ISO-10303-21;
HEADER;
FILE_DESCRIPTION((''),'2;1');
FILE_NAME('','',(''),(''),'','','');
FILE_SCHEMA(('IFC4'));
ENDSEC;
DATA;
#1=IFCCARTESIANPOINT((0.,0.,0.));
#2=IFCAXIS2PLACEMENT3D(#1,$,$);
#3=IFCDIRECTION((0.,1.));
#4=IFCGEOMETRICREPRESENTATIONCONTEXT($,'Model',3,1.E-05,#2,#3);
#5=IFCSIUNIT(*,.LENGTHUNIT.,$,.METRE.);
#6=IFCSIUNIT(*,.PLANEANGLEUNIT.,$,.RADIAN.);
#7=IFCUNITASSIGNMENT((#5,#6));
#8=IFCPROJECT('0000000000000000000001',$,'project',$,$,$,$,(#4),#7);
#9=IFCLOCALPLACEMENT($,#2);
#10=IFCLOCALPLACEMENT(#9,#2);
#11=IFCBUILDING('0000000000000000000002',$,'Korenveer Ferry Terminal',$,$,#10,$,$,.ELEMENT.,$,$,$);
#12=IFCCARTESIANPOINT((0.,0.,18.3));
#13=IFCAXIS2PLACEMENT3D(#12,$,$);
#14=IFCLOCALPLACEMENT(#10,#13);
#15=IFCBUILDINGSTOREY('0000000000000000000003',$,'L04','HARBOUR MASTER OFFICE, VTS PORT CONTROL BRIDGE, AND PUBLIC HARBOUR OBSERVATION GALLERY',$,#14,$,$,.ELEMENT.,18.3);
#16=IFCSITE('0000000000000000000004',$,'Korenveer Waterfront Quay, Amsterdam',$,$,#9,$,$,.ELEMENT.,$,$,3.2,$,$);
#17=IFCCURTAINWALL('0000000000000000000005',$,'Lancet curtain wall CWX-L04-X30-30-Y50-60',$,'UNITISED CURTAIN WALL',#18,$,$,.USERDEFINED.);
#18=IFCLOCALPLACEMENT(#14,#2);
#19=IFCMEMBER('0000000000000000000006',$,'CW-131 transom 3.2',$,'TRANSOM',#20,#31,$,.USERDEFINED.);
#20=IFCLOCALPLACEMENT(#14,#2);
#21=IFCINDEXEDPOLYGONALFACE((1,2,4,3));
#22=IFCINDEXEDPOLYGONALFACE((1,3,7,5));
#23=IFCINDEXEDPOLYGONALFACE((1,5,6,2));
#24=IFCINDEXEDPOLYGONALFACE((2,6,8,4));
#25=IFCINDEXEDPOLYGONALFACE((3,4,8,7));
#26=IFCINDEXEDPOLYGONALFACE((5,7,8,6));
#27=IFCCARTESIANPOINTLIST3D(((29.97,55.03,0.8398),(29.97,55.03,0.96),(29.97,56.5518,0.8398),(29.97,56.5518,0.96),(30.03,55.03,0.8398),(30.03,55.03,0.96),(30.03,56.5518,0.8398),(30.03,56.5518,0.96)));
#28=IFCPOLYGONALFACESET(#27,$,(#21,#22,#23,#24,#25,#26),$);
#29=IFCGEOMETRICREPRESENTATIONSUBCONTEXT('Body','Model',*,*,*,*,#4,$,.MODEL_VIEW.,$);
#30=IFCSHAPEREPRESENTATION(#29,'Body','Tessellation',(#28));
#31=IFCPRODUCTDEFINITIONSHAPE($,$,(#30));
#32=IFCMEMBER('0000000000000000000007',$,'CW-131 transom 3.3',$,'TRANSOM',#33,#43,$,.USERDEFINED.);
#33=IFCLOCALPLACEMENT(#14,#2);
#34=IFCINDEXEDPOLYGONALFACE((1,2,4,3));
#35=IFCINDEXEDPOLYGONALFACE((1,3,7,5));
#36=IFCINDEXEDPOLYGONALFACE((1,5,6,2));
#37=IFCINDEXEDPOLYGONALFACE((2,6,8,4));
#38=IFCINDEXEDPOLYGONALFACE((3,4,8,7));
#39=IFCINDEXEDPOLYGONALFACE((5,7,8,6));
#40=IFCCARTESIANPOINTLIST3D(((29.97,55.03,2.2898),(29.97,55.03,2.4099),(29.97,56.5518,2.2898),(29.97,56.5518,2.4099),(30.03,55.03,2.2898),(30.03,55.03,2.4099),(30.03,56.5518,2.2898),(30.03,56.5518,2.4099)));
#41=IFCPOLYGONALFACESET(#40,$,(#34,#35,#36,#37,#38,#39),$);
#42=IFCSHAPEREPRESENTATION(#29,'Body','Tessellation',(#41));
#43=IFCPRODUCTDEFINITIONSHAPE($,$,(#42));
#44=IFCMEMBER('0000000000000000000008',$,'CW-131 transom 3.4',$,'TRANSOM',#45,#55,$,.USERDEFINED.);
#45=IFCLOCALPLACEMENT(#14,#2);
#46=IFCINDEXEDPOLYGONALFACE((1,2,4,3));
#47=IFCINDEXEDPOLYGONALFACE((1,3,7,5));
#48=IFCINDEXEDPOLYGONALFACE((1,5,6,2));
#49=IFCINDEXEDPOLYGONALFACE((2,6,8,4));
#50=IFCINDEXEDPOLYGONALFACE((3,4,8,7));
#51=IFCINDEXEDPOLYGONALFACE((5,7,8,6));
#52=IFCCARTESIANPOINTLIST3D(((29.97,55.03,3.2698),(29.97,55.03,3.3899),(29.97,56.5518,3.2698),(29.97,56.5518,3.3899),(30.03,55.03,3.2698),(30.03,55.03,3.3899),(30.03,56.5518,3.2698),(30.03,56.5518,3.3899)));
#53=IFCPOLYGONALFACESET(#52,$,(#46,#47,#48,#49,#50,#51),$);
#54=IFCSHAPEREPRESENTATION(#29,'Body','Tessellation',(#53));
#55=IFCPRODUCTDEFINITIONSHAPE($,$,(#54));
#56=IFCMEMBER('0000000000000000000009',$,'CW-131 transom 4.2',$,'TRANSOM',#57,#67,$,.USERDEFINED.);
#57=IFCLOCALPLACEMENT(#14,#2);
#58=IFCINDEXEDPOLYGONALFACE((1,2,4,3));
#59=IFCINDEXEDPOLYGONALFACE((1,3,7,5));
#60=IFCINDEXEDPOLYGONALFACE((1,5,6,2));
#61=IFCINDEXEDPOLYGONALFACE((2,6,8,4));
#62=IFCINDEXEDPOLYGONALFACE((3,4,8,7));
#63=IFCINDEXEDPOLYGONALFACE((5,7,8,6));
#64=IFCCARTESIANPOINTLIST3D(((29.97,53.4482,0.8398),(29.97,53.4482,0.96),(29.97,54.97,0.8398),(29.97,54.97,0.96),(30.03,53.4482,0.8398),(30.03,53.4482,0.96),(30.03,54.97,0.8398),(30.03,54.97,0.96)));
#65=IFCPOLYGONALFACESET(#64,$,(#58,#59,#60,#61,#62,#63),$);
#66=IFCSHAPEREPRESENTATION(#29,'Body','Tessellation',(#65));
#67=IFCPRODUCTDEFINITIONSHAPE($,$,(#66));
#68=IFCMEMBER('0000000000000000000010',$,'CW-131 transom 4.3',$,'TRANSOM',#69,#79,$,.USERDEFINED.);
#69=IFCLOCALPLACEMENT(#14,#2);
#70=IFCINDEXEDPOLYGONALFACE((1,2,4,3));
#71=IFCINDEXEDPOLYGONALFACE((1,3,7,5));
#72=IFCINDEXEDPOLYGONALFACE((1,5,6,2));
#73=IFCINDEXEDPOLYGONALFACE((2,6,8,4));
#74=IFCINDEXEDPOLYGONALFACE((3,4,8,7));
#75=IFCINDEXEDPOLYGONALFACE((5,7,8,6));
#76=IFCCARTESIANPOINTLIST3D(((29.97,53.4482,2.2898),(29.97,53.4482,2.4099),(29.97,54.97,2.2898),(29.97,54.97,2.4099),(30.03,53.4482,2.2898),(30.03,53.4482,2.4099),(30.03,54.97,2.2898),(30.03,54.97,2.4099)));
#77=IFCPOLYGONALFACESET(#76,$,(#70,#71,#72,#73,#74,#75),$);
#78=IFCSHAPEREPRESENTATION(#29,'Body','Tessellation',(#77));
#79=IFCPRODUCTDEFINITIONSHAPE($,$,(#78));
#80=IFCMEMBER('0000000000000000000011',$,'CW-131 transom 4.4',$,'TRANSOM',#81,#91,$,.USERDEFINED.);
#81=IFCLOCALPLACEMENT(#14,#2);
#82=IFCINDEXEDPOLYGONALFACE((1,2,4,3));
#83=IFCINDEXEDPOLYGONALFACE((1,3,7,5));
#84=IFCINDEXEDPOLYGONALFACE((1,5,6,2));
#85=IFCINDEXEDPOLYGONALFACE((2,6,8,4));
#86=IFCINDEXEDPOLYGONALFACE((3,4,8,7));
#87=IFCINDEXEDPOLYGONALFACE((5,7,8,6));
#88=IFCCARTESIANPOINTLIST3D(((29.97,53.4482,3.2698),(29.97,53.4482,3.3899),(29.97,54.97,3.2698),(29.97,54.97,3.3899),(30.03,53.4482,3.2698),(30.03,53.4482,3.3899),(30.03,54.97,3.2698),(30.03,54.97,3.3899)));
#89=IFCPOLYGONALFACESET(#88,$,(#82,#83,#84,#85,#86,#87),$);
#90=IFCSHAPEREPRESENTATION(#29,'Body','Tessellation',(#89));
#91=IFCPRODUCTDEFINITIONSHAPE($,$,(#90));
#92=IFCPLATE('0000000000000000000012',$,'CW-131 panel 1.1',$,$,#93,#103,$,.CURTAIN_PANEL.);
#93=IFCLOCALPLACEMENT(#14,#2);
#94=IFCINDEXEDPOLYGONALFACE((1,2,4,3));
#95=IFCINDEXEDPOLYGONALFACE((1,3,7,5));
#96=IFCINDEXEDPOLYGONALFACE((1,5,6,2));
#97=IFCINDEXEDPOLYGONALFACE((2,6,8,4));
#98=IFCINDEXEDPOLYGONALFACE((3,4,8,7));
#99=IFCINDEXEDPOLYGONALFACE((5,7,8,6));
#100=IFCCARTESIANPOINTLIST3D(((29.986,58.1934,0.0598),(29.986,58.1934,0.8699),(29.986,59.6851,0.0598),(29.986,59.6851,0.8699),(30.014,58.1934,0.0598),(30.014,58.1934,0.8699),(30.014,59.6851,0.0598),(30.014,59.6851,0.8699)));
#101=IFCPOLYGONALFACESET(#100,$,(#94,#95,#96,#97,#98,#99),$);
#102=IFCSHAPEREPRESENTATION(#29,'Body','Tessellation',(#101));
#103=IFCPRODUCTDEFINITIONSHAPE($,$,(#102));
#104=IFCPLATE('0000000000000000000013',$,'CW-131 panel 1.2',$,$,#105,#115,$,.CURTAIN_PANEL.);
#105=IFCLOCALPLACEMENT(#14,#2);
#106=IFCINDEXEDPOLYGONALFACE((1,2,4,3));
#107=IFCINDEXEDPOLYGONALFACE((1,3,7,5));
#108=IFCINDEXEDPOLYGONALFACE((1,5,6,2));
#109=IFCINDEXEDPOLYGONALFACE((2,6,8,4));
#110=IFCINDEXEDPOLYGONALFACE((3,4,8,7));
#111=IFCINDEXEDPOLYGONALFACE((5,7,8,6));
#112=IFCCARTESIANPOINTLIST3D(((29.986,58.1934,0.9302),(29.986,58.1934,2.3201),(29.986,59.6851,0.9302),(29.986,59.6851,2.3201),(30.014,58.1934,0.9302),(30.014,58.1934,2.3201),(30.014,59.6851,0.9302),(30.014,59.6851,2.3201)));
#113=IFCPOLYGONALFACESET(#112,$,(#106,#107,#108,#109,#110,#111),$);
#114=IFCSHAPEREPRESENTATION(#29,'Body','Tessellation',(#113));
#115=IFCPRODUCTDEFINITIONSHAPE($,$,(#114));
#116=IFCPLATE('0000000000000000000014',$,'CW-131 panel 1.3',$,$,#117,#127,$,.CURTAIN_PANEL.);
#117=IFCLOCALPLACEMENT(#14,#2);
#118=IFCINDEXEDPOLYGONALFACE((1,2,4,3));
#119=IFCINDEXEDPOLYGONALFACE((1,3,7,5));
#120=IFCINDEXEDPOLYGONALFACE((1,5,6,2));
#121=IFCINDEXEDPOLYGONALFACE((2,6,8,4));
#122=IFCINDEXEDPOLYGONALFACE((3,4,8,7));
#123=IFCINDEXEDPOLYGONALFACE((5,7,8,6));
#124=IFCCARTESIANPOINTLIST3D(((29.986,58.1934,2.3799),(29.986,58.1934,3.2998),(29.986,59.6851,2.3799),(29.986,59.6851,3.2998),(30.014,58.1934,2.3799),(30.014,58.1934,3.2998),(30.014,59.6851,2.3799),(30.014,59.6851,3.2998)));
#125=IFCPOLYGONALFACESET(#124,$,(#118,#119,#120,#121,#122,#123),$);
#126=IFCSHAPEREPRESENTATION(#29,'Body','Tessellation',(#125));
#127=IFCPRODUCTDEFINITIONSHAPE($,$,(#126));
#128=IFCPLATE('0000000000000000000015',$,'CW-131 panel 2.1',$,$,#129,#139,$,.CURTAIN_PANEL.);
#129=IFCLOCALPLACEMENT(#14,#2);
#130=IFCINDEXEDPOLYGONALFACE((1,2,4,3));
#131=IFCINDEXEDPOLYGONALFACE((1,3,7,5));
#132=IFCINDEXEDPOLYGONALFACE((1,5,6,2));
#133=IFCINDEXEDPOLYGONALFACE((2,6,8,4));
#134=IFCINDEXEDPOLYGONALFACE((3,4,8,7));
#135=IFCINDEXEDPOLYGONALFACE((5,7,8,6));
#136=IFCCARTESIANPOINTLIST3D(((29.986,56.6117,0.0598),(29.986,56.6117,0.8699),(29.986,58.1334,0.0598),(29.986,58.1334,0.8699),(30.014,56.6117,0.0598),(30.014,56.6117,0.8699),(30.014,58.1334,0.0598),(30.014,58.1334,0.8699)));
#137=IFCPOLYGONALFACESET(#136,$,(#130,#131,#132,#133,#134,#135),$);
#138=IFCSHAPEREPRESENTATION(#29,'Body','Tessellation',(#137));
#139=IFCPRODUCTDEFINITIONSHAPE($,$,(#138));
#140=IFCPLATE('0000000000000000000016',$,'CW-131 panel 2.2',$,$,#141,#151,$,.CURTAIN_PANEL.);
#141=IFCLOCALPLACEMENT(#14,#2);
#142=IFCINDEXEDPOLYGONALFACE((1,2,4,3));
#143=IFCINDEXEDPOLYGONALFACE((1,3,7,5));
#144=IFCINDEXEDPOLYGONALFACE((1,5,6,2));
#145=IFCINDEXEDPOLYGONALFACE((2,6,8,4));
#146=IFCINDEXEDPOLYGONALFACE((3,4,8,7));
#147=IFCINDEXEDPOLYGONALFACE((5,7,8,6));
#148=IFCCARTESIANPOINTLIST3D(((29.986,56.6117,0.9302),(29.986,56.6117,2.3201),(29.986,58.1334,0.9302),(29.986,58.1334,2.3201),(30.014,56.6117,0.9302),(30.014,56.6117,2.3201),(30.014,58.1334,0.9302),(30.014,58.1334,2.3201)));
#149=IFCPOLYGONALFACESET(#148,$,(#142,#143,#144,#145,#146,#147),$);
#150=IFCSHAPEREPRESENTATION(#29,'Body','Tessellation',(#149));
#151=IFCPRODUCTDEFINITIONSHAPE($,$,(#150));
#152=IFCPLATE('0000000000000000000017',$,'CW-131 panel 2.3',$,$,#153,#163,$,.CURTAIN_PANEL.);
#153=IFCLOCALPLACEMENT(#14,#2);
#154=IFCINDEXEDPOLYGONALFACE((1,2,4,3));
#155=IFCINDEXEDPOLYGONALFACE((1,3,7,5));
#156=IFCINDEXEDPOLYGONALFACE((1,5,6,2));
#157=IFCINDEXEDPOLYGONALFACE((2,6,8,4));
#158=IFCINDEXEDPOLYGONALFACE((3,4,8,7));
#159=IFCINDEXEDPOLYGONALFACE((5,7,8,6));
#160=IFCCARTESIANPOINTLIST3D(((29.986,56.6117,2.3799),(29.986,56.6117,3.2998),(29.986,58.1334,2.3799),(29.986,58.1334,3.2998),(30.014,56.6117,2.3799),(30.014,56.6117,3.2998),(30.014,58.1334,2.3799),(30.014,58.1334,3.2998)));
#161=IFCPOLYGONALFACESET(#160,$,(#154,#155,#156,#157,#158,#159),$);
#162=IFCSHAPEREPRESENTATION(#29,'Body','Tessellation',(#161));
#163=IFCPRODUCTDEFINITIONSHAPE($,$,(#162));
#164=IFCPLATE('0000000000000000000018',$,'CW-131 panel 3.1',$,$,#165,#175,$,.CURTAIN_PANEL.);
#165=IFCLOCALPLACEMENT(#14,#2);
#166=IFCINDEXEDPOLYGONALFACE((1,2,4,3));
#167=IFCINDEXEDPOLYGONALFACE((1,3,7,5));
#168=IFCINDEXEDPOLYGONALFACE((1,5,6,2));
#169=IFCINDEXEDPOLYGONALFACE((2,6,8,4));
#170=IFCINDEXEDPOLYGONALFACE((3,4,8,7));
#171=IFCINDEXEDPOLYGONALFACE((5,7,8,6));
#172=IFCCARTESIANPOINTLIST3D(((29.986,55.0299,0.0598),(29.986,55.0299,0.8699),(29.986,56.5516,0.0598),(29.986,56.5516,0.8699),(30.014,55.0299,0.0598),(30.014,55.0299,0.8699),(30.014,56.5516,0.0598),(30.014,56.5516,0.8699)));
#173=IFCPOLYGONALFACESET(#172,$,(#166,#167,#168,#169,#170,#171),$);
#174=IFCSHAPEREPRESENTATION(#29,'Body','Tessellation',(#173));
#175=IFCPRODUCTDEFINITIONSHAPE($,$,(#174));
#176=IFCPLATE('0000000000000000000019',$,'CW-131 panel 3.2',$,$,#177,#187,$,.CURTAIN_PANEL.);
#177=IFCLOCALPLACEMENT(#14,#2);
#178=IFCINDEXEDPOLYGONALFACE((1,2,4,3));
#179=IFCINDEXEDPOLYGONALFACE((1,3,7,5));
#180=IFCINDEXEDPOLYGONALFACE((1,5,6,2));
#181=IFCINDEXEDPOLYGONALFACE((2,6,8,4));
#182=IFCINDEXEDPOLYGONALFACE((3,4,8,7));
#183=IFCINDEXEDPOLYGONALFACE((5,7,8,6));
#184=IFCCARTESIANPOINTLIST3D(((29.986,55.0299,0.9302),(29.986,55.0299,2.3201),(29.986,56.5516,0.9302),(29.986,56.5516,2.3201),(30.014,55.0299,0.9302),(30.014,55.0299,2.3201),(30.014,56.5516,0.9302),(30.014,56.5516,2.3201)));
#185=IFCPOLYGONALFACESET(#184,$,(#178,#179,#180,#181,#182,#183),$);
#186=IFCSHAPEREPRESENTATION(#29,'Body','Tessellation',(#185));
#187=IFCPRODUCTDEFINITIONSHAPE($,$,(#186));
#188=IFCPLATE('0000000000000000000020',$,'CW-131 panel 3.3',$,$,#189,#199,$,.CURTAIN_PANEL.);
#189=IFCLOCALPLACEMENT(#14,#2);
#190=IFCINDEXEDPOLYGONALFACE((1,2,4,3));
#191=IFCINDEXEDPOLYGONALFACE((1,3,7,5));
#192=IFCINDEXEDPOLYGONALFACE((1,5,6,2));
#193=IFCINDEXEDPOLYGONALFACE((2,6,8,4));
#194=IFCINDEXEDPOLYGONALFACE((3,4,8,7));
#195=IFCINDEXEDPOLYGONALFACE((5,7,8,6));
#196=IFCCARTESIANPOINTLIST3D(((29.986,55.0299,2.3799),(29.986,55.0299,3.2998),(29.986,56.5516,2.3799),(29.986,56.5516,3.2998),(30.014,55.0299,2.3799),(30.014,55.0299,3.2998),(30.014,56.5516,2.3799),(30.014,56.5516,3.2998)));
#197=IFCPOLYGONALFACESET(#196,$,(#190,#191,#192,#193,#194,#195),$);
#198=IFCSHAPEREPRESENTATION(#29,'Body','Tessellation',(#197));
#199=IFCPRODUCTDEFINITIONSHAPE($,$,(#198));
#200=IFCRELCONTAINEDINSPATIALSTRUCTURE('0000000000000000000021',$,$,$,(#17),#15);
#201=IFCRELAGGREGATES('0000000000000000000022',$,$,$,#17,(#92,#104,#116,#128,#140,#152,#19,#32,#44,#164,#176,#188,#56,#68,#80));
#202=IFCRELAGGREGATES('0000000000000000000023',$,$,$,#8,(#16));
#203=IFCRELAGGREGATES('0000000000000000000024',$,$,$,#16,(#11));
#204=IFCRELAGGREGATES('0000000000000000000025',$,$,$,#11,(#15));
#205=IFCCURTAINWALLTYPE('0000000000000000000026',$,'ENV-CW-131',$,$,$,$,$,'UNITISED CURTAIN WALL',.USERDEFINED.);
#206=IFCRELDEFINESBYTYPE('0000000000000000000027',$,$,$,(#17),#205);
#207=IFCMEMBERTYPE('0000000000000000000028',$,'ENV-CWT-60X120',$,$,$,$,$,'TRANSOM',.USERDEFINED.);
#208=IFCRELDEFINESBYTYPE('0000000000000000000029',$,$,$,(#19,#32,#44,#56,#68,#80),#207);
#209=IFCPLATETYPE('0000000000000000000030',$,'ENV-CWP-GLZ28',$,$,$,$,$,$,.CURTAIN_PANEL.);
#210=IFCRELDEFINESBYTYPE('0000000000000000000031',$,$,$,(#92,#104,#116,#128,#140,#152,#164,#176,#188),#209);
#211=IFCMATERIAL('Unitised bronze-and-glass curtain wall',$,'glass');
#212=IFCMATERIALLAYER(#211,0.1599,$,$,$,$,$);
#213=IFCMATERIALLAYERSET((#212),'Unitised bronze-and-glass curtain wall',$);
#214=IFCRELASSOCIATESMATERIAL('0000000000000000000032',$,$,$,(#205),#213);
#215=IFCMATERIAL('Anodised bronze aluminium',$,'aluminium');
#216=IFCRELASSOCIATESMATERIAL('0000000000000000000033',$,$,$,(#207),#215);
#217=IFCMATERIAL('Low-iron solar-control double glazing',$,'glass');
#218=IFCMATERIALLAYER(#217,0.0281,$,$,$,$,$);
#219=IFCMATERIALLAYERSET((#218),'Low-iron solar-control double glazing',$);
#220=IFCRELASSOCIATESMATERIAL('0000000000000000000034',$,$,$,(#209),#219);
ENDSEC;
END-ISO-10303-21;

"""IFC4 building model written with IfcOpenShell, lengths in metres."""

from ifc_helpers import new_model, si_unit, direction, frame, origin, origin_2d, place, context, subcontext, project, spatial, rectangle, extrude, material, layer, layer_set, material_profile, profile_set, type_object, element, aggregate, save


model = new_model("IFC4")

# Units and contexts
model_context = context("Model", 3, precision=1e-05, world=origin(), true_north=direction((0.0, 1.0)))
body_context = subcontext(model_context, "Body", "Model", "MODEL_VIEW")
ifc_project = project(units=[si_unit("LENGTHUNIT", "METRE"), si_unit("PLANEANGLEUNIT", "RADIAN")], contexts=[model_context])

# Site, building, storey
site_placement = place(None, origin())
site = spatial("IfcSite", under=ifc_project, at=site_placement, Name="Korenveer Waterfront Quay, Amsterdam", CompositionType="ELEMENT", RefElevation=3.2)
building_placement = place(site_placement, origin())
building = spatial("IfcBuilding", under=site, at=building_placement, Name="Korenveer Ferry Terminal", CompositionType="ELEMENT")
storey_placement = place(building_placement, frame((0.0, 0.0, 18.3)))
storey = spatial("IfcBuildingStorey", under=building, at=storey_placement, Name="L04", Description="HARBOUR MASTER OFFICE, VTS PORT CONTROL BRIDGE, AND PUBLIC HARBOUR OBSERVATION GALLERY", CompositionType="ELEMENT", Elevation=18.3)

# Curtain wall, members, plates
ifc_material_1 = material(Name="Unitised bronze-and-glass curtain wall", Category="glass")
ifc_layer_1 = layer(ifc_material_1, 0.1599)
ifc_layer_set_1 = layer_set([ifc_layer_1], Name="Unitised bronze-and-glass curtain wall")
curtain_wall_type = type_object("IfcCurtainWallType", Name="ENV-CW-131", ElementType="UNITISED CURTAIN WALL", PredefinedType="USERDEFINED", material=ifc_layer_set_1)
curtain_wall_placement = place(storey_placement, frame((30.0, 59.7451, 0.0)))
curtain_wall = element("IfcCurtainWall", 1, at=curtain_wall_placement, inside=storey, type_object=curtain_wall_type, Name="Lancet curtain wall CWX-L04-X30-30-Y50-60", ObjectType="UNITISED CURTAIN WALL", PredefinedType="USERDEFINED")
ifc_material_2 = material(Name="Anodised bronze aluminium", Category="aluminium")
ifc_material_profile_1 = material_profile(ifc_material_2, rectangle(XDim=0.0601, YDim=0.1201, at=origin_2d()), Name="ALU 60x120")
ifc_profile_set_1 = profile_set([ifc_material_profile_1], Name="Anodised bronze aluminium")
member_type_1 = type_object("IfcMemberType", Name="ENV-CWT-60X120", ElementType="TRANSOM", PredefinedType="USERDEFINED", material=ifc_profile_set_1)
member_1_placement = place(storey_placement, frame((30.0, 56.5518, 0.8999), z_axis=(0.0, -1.0, 0.0), x_axis=(1.0, 0.0, 0.0)))
member_1 = element("IfcMember", 2, at=member_1_placement, type_object=member_type_1, Name="CW-131 transom 3.2", ObjectType="TRANSOM", PredefinedType="USERDEFINED", context=body_context, shape_type="SweptSolid", body=[
    extrude(rectangle(XDim=0.0601, YDim=0.1201, at=origin_2d()), origin(), (0.0, 0.0, 1.0), 1.5217),
])
member_2_placement = place(storey_placement, frame((30.0, 56.5518, 2.3499), z_axis=(0.0, -1.0, 0.0), x_axis=(1.0, 0.0, 0.0)))
member_2 = element("IfcMember", 3, at=member_2_placement, type_object=member_type_1, Name="CW-131 transom 3.3", ObjectType="TRANSOM", PredefinedType="USERDEFINED", context=body_context, shape_type="SweptSolid", body=[
    extrude(rectangle(XDim=0.0601, YDim=0.1201, at=origin_2d()), origin(), (0.0, 0.0, 1.0), 1.5217),
])
member_3_placement = place(storey_placement, frame((30.0, 56.5518, 3.3298), z_axis=(0.0, -1.0, 0.0), x_axis=(1.0, 0.0, 0.0)))
member_3 = element("IfcMember", 4, at=member_3_placement, type_object=member_type_1, Name="CW-131 transom 3.4", ObjectType="TRANSOM", PredefinedType="USERDEFINED", context=body_context, shape_type="SweptSolid", body=[
    extrude(rectangle(XDim=0.0601, YDim=0.1201, at=origin_2d()), origin(), (0.0, 0.0, 1.0), 1.5217),
])
member_4_placement = place(storey_placement, frame((30.0, 54.97, 0.8999), z_axis=(0.0, -1.0, 0.0), x_axis=(1.0, 0.0, 0.0)))
member_4 = element("IfcMember", 5, at=member_4_placement, type_object=member_type_1, Name="CW-131 transom 4.2", ObjectType="TRANSOM", PredefinedType="USERDEFINED", context=body_context, shape_type="SweptSolid", body=[
    extrude(rectangle(XDim=0.0601, YDim=0.1201, at=origin_2d()), origin(), (0.0, 0.0, 1.0), 1.5217),
])
member_5_placement = place(storey_placement, frame((30.0, 54.97, 2.3499), z_axis=(0.0, -1.0, 0.0), x_axis=(1.0, 0.0, 0.0)))
member_5 = element("IfcMember", 6, at=member_5_placement, type_object=member_type_1, Name="CW-131 transom 4.3", ObjectType="TRANSOM", PredefinedType="USERDEFINED", context=body_context, shape_type="SweptSolid", body=[
    extrude(rectangle(XDim=0.0601, YDim=0.1201, at=origin_2d()), origin(), (0.0, 0.0, 1.0), 1.5217),
])
member_6_placement = place(storey_placement, frame((30.0, 54.97, 3.3298), z_axis=(0.0, -1.0, 0.0), x_axis=(1.0, 0.0, 0.0)))
member_6 = element("IfcMember", 7, at=member_6_placement, type_object=member_type_1, Name="CW-131 transom 4.4", ObjectType="TRANSOM", PredefinedType="USERDEFINED", context=body_context, shape_type="SweptSolid", body=[
    extrude(rectangle(XDim=0.0601, YDim=0.1201, at=origin_2d()), origin(), (0.0, 0.0, 1.0), 1.5217),
])
ifc_material_3 = material(Name="Low-iron solar-control double glazing", Category="glass")
ifc_layer_2 = layer(ifc_material_3, 0.0281)
ifc_layer_set_2 = layer_set([ifc_layer_2], Name="Low-iron solar-control double glazing")
plate_type = type_object("IfcPlateType", Name="ENV-CWP-GLZ28", PredefinedType="CURTAIN_PANEL", material=ifc_layer_set_2)
plate_1_placement = place(storey_placement, frame((30.0, 58.9392, 0.0598), z_axis=(0.0, 0.0, 1.0), x_axis=(0.0, -1.0, 0.0)))
plate_1 = element("IfcPlate", 8, at=plate_1_placement, type_object=plate_type, Name="CW-131 panel 1.1", PredefinedType="CURTAIN_PANEL", context=body_context, shape_type="SweptSolid", body=[
    extrude(rectangle(XDim=1.4917, YDim=0.0281, at=origin_2d()), origin(), (0.0, 0.0, 1.0), 0.8101),
])
plate_2_placement = place(storey_placement, frame((30.0, 58.9392, 0.9302), z_axis=(0.0, 0.0, 1.0), x_axis=(0.0, -1.0, 0.0)))
plate_2 = element("IfcPlate", 9, at=plate_2_placement, type_object=plate_type, Name="CW-131 panel 1.2", PredefinedType="CURTAIN_PANEL", context=body_context, shape_type="SweptSolid", body=[
    extrude(rectangle(XDim=1.4917, YDim=0.0281, at=origin_2d()), origin(), (0.0, 0.0, 1.0), 1.3899),
])
plate_3_placement = place(storey_placement, frame((30.0, 58.9392, 2.3799), z_axis=(0.0, 0.0, 1.0), x_axis=(0.0, -1.0, 0.0)))
plate_3 = element("IfcPlate", 10, at=plate_3_placement, type_object=plate_type, Name="CW-131 panel 1.3", PredefinedType="CURTAIN_PANEL", context=body_context, shape_type="SweptSolid", body=[
    extrude(rectangle(XDim=1.4917, YDim=0.0281, at=origin_2d()), origin(), (0.0, 0.0, 1.0), 0.9199),
])
plate_4_placement = place(storey_placement, frame((30.0, 57.3726, 0.0598), z_axis=(0.0, 0.0, 1.0), x_axis=(0.0, -1.0, 0.0)))
plate_4 = element("IfcPlate", 11, at=plate_4_placement, type_object=plate_type, Name="CW-131 panel 2.1", PredefinedType="CURTAIN_PANEL", context=body_context, shape_type="SweptSolid", body=[
    extrude(rectangle(XDim=1.5217, YDim=0.0281, at=origin_2d()), origin(), (0.0, 0.0, 1.0), 0.8101),
])
plate_5_placement = place(storey_placement, frame((30.0, 57.3726, 0.9302), z_axis=(0.0, 0.0, 1.0), x_axis=(0.0, -1.0, 0.0)))
plate_5 = element("IfcPlate", 12, at=plate_5_placement, type_object=plate_type, Name="CW-131 panel 2.2", PredefinedType="CURTAIN_PANEL", context=body_context, shape_type="SweptSolid", body=[
    extrude(rectangle(XDim=1.5217, YDim=0.0281, at=origin_2d()), origin(), (0.0, 0.0, 1.0), 1.3899),
])
plate_6_placement = place(storey_placement, frame((30.0, 57.3726, 2.3799), z_axis=(0.0, 0.0, 1.0), x_axis=(0.0, -1.0, 0.0)))
plate_6 = element("IfcPlate", 13, at=plate_6_placement, type_object=plate_type, Name="CW-131 panel 2.3", PredefinedType="CURTAIN_PANEL", context=body_context, shape_type="SweptSolid", body=[
    extrude(rectangle(XDim=1.5217, YDim=0.0281, at=origin_2d()), origin(), (0.0, 0.0, 1.0), 0.9199),
])
plate_7_placement = place(storey_placement, frame((30.0, 55.7908, 0.0598), z_axis=(0.0, 0.0, 1.0), x_axis=(0.0, -1.0, 0.0)))
plate_7 = element("IfcPlate", 14, at=plate_7_placement, type_object=plate_type, Name="CW-131 panel 3.1", PredefinedType="CURTAIN_PANEL", context=body_context, shape_type="SweptSolid", body=[
    extrude(rectangle(XDim=1.5217, YDim=0.0281, at=origin_2d()), origin(), (0.0, 0.0, 1.0), 0.8101),
])
plate_8_placement = place(storey_placement, frame((30.0, 55.7908, 0.9302), z_axis=(0.0, 0.0, 1.0), x_axis=(0.0, -1.0, 0.0)))
plate_8 = element("IfcPlate", 15, at=plate_8_placement, type_object=plate_type, Name="CW-131 panel 3.2", PredefinedType="CURTAIN_PANEL", context=body_context, shape_type="SweptSolid", body=[
    extrude(rectangle(XDim=1.5217, YDim=0.0281, at=origin_2d()), origin(), (0.0, 0.0, 1.0), 1.3899),
])
plate_9_placement = place(storey_placement, frame((30.0, 55.7908, 2.3799), z_axis=(0.0, 0.0, 1.0), x_axis=(0.0, -1.0, 0.0)))
plate_9 = element("IfcPlate", 16, at=plate_9_placement, type_object=plate_type, Name="CW-131 panel 3.3", PredefinedType="CURTAIN_PANEL", context=body_context, shape_type="SweptSolid", body=[
    extrude(rectangle(XDim=1.5217, YDim=0.0281, at=origin_2d()), origin(), (0.0, 0.0, 1.0), 0.9199),
])
aggregate(curtain_wall, [plate_1, plate_2, plate_3, plate_4, plate_5, plate_6, member_1, member_2, member_3, plate_7, plate_8, plate_9, member_4, member_5, member_6])

save(model, "model.ifc")
